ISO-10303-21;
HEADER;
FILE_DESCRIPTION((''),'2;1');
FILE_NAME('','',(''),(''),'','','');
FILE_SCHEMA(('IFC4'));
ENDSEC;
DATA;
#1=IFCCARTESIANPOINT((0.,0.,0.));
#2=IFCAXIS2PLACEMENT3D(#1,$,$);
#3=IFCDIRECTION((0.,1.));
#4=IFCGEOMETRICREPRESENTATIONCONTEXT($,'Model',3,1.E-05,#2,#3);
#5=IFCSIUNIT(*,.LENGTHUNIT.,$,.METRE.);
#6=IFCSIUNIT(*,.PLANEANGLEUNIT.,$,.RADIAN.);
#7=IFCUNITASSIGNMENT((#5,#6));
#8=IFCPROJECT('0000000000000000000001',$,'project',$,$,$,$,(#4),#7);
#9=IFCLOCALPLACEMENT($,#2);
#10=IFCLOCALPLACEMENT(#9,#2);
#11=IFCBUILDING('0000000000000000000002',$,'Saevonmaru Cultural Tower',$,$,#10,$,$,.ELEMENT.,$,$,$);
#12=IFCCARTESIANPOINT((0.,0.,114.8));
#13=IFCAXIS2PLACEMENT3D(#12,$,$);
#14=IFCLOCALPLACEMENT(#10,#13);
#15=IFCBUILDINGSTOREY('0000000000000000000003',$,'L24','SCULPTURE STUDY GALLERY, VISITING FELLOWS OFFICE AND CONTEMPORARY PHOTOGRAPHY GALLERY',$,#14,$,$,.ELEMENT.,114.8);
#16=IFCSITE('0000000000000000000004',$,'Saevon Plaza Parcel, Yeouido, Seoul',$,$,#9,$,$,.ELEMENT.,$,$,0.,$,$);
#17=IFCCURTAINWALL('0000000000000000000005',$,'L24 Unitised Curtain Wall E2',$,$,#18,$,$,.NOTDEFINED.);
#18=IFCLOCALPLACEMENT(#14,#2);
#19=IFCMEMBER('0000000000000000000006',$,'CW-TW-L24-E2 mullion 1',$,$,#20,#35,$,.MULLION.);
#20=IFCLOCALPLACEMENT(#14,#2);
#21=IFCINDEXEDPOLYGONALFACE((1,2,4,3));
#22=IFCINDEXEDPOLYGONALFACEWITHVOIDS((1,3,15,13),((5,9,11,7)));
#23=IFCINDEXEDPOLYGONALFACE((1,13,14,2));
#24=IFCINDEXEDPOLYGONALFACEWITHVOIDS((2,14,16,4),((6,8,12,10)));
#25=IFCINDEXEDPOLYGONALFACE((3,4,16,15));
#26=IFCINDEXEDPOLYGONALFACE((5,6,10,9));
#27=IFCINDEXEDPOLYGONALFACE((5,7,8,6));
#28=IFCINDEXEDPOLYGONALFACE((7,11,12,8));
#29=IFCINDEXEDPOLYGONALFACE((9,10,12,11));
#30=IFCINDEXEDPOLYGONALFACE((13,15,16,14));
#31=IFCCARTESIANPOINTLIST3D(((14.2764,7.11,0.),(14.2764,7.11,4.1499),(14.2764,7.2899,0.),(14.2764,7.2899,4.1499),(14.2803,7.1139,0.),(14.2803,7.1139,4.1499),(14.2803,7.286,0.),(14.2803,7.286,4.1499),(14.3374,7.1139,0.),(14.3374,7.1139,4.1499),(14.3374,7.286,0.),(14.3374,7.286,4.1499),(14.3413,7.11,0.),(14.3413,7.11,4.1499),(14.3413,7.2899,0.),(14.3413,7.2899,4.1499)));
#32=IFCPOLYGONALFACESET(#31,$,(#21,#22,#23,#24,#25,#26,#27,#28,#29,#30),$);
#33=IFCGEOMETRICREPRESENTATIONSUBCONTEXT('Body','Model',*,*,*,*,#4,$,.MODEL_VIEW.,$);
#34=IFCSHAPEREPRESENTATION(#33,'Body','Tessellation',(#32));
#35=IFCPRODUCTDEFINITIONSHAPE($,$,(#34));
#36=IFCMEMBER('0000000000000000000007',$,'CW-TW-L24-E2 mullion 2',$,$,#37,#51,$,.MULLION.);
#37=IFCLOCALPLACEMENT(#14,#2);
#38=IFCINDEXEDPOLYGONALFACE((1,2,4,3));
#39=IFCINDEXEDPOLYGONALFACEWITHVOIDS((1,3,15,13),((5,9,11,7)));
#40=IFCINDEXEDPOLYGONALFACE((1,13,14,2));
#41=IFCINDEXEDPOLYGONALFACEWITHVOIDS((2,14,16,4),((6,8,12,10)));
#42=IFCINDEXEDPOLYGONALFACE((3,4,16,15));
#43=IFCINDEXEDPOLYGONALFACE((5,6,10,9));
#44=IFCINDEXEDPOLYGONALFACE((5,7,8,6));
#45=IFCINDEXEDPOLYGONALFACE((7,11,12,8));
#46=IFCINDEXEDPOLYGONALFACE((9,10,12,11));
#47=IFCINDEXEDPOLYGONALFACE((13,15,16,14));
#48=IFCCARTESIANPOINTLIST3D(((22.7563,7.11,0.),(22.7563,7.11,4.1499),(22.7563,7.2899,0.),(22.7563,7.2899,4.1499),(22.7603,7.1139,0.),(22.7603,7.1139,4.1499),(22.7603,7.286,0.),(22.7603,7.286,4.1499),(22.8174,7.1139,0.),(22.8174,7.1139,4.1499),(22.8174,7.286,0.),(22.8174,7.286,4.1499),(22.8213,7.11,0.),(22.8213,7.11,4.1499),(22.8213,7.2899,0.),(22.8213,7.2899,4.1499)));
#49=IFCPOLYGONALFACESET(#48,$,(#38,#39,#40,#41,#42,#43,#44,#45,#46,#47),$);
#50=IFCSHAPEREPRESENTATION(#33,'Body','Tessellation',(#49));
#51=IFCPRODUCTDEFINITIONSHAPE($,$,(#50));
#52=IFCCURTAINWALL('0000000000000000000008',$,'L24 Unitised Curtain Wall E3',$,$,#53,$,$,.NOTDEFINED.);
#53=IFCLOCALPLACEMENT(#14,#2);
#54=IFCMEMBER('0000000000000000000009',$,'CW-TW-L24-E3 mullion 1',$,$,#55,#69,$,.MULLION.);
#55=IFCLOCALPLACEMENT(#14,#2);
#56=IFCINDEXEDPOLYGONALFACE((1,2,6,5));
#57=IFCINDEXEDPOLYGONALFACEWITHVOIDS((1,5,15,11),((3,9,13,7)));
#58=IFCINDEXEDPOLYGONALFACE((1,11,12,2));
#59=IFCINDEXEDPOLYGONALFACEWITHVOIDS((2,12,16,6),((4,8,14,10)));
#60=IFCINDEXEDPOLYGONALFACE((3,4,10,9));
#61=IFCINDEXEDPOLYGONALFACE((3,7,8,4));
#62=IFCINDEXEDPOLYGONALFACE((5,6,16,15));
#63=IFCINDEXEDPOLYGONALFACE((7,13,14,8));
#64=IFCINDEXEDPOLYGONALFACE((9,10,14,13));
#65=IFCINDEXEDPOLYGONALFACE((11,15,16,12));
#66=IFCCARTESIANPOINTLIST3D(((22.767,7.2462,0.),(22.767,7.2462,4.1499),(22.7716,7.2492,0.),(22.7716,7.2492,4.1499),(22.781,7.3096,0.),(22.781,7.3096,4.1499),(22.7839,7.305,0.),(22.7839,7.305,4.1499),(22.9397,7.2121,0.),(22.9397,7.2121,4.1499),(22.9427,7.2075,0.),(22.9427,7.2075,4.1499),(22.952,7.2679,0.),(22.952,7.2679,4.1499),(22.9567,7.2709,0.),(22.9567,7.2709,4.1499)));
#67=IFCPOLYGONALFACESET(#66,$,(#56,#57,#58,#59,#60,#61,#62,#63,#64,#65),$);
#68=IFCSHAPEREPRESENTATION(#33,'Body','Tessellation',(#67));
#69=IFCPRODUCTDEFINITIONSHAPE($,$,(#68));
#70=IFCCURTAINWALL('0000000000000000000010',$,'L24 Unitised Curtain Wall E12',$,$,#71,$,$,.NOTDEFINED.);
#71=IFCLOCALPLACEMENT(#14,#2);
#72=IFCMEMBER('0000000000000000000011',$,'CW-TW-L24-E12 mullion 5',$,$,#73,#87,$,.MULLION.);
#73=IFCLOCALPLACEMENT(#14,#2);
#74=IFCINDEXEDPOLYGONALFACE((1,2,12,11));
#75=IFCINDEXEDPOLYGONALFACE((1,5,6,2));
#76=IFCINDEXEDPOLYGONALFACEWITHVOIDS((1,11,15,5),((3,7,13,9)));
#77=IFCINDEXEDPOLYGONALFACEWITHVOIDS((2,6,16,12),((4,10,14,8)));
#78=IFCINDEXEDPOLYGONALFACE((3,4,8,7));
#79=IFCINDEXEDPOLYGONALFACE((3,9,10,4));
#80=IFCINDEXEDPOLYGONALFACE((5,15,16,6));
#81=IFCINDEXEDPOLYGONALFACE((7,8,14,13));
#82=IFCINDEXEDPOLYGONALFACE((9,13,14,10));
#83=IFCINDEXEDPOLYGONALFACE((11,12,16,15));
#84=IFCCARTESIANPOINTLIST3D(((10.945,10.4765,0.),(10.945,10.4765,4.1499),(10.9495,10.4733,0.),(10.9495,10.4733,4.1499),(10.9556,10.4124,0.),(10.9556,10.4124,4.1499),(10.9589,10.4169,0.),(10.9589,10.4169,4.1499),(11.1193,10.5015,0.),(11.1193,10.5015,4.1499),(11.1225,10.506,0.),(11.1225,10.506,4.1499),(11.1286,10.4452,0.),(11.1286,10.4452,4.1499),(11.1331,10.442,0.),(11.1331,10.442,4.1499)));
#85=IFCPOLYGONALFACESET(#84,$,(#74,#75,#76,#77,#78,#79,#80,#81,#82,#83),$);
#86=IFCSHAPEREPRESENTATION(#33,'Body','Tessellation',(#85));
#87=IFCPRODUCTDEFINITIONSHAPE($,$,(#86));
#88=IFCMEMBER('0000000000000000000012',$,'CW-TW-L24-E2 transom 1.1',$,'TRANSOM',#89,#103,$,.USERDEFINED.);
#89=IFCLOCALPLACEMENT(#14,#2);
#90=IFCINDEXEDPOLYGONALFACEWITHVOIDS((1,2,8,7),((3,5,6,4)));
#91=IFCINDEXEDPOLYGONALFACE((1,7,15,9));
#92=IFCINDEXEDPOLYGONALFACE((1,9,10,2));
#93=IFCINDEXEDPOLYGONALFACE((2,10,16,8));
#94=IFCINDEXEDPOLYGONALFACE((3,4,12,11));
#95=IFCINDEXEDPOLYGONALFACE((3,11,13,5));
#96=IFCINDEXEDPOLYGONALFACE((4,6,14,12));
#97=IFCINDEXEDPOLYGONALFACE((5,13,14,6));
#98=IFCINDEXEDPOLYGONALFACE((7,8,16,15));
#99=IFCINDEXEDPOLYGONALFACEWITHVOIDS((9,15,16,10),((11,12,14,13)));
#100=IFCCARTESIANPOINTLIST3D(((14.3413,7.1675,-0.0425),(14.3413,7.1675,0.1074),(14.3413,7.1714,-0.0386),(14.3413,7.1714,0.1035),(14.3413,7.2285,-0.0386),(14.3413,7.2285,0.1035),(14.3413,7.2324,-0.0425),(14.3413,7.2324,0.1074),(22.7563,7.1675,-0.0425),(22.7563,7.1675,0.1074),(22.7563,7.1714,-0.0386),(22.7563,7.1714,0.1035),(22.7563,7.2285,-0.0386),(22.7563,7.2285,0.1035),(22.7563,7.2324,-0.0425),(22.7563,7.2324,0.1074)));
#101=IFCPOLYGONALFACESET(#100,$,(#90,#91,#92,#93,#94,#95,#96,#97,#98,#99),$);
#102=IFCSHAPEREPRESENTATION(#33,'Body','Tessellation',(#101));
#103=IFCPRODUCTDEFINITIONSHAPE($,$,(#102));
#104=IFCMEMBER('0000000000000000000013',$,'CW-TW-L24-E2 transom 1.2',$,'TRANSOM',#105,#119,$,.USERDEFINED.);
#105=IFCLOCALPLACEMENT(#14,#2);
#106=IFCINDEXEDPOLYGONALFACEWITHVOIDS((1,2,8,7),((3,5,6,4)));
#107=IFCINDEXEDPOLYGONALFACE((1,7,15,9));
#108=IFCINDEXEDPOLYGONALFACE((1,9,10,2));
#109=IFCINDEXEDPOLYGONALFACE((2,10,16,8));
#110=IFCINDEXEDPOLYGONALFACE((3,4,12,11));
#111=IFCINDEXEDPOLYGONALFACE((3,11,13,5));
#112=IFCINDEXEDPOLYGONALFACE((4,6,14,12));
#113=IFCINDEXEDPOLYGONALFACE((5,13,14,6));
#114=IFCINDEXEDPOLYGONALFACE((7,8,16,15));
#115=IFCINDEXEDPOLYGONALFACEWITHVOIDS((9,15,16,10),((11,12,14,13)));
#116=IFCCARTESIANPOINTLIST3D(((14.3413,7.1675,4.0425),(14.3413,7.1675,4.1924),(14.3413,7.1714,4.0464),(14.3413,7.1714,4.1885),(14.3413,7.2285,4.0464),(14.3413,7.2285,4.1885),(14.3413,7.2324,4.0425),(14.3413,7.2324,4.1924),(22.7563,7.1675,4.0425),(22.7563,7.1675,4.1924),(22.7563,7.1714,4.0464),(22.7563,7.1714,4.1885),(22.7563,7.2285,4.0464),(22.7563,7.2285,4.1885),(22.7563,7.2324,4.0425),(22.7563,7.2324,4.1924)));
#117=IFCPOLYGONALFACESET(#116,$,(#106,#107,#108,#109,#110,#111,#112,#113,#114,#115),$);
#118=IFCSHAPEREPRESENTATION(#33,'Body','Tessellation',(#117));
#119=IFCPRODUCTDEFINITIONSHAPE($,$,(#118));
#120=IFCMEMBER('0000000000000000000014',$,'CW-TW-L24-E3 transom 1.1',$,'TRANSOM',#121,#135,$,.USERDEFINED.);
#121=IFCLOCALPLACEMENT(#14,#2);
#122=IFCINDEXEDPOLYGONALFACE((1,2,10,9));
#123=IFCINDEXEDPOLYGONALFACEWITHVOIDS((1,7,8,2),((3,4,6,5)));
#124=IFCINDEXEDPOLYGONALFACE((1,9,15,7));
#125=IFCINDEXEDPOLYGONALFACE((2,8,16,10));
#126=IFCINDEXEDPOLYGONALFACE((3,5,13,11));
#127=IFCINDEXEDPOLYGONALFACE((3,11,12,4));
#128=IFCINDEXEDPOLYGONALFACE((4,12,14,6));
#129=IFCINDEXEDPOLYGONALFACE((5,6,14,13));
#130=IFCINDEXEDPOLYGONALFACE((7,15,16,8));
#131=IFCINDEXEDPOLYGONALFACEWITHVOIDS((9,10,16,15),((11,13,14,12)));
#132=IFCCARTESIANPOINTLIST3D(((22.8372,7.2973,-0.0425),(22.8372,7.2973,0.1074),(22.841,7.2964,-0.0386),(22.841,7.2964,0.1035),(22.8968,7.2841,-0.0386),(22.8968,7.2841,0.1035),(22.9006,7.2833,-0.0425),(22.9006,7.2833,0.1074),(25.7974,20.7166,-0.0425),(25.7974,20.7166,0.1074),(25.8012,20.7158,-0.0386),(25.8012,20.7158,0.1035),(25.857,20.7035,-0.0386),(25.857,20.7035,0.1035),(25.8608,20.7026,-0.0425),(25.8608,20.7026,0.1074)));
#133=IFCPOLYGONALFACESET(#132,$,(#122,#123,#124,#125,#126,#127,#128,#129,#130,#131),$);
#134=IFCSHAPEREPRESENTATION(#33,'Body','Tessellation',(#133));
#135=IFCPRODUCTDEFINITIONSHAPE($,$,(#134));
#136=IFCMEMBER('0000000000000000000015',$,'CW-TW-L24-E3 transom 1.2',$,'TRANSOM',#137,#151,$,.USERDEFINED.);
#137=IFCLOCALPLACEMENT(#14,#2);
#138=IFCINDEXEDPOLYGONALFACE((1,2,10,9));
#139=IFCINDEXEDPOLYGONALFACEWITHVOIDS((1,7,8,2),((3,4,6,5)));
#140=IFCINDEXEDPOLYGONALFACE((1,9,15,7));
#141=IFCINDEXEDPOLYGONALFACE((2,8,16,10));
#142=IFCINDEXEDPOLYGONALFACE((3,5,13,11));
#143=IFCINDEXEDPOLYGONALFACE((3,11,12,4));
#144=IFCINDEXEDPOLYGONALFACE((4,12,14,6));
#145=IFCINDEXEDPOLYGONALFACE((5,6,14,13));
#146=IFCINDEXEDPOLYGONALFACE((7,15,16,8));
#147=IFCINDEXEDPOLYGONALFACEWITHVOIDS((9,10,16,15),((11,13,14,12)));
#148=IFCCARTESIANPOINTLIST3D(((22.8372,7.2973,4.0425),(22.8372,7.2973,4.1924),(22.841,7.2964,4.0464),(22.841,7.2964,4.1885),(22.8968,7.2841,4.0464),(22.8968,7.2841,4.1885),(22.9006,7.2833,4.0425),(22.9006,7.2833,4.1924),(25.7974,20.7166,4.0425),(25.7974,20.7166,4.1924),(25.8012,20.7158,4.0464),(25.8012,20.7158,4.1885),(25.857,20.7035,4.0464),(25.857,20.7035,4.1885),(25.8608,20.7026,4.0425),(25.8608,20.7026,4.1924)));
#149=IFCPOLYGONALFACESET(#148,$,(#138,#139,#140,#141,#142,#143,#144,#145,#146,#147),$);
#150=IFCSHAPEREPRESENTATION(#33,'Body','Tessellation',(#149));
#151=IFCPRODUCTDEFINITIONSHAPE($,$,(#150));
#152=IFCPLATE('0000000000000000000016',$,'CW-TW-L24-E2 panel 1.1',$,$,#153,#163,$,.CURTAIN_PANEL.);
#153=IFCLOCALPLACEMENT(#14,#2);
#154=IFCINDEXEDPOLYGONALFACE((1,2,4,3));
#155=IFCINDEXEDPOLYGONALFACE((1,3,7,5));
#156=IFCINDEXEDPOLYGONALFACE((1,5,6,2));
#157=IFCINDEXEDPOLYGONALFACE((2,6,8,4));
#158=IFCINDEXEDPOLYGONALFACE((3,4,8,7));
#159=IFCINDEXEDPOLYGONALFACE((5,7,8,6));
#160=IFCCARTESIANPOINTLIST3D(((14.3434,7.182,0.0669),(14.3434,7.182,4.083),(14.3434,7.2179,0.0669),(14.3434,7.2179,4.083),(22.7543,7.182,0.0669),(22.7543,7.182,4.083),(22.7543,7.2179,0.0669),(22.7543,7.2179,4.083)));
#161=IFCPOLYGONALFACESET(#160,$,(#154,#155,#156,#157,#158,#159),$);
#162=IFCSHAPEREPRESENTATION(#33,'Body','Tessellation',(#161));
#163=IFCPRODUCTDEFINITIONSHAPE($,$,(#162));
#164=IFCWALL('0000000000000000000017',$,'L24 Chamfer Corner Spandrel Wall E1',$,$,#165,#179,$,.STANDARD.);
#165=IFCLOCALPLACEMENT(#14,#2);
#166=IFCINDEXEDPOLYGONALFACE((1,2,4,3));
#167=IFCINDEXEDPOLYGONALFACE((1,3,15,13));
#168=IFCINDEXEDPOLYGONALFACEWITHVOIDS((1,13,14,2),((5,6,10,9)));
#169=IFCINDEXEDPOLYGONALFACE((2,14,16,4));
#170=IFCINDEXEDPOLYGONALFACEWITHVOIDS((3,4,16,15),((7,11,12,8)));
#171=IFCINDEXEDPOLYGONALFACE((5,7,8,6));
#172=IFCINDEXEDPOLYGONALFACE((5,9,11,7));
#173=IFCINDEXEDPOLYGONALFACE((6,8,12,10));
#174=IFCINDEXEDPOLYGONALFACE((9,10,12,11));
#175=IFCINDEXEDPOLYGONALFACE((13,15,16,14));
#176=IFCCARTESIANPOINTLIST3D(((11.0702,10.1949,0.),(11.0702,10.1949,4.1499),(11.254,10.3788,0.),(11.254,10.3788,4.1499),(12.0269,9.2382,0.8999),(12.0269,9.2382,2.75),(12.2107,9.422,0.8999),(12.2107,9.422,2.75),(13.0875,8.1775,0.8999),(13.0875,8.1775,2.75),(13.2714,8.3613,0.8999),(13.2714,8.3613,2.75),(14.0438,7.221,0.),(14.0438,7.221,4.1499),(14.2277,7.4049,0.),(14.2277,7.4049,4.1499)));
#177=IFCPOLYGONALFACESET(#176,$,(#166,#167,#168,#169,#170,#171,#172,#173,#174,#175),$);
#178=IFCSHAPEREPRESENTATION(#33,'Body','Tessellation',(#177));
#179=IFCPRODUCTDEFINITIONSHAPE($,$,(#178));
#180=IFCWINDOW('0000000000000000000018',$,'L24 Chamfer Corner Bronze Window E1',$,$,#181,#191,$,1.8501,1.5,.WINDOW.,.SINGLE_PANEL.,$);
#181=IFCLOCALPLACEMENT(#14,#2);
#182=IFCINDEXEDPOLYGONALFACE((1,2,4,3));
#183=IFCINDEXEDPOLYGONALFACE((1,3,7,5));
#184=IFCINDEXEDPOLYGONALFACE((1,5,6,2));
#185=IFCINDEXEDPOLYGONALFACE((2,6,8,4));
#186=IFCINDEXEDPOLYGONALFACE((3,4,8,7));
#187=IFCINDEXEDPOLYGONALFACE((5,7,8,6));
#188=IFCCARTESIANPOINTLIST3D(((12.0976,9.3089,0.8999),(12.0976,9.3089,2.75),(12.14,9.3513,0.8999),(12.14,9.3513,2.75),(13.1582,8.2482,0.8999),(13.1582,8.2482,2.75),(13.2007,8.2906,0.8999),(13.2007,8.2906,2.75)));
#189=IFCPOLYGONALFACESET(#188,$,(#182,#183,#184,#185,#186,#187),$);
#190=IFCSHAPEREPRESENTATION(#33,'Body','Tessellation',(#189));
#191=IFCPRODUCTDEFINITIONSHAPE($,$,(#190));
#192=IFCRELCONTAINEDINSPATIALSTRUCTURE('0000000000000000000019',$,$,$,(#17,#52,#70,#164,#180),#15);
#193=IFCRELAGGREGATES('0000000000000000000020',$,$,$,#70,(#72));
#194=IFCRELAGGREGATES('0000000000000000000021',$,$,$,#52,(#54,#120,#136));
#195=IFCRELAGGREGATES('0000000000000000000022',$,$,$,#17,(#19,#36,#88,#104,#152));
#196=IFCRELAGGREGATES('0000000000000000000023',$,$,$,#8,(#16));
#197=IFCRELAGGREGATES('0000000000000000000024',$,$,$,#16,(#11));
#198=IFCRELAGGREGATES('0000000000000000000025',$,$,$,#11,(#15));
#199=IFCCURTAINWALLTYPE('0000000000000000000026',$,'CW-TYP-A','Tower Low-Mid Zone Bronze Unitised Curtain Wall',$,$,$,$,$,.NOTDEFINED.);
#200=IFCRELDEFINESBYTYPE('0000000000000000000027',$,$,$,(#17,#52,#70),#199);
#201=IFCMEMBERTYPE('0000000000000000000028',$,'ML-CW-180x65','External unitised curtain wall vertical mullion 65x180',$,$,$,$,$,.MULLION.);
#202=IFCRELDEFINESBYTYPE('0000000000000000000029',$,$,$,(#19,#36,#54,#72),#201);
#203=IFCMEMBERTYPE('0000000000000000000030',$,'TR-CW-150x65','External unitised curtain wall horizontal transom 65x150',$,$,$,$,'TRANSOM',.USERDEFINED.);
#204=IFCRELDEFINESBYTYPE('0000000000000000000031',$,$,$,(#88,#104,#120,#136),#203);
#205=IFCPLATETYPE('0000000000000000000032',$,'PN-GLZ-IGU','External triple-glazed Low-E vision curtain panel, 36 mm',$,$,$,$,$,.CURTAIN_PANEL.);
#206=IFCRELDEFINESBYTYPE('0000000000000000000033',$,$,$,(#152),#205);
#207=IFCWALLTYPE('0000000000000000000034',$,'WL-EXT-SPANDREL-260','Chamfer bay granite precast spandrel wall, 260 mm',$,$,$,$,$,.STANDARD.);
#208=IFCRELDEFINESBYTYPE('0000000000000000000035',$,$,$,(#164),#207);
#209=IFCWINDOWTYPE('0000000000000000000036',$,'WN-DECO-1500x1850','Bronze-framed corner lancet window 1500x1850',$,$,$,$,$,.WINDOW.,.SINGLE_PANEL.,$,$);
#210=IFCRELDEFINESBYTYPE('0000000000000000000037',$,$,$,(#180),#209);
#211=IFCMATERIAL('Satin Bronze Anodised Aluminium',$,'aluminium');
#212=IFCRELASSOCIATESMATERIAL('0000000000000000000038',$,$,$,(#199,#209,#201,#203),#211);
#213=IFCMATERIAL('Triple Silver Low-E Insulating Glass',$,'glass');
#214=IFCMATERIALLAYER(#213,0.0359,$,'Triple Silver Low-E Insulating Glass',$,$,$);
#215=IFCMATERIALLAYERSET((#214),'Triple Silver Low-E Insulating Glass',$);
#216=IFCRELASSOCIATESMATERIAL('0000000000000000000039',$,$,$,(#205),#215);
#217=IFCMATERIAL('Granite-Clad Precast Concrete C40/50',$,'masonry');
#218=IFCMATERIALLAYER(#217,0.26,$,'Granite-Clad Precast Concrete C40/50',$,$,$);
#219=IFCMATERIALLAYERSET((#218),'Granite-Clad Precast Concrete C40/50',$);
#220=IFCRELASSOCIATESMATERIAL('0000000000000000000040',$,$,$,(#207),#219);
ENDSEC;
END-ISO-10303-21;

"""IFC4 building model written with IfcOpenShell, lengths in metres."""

from ifc_helpers import new_model, si_unit, direction, frame, frame_2d, origin, origin_2d, place, context, subcontext, project, spatial, rectangle, hollow_rectangle, extrude, material, layer, layer_set, material_profile, profile_set, type_object, element, fill, aggregate, save


model = new_model("IFC4")

# Units and contexts
model_context = context("Model", 3, precision=1e-05, world=origin(), true_north=direction((0.0, 1.0)))
body_context = subcontext(model_context, "Body", "Model", "MODEL_VIEW")
ifc_project = project(units=[si_unit("LENGTHUNIT", "METRE"), si_unit("PLANEANGLEUNIT", "RADIAN")], contexts=[model_context])

# Site, building, storey
site_placement = place(None, origin())
site = spatial("IfcSite", under=ifc_project, at=site_placement, Name="Saevon Plaza Parcel, Yeouido, Seoul", CompositionType="ELEMENT", RefElevation=0.0)
building_placement = place(site_placement, origin())
building = spatial("IfcBuilding", under=site, at=building_placement, Name="Saevonmaru Cultural Tower", CompositionType="ELEMENT")
storey_placement = place(building_placement, frame((0.0, 0.0, 114.8)))
storey = spatial("IfcBuildingStorey", under=building, at=storey_placement, Name="L24", Description="SCULPTURE STUDY GALLERY, VISITING FELLOWS OFFICE AND CONTEMPORARY PHOTOGRAPHY GALLERY", CompositionType="ELEMENT", Elevation=114.8)

# Curtain wall, members
ifc_material_1 = material(Name="Satin Bronze Anodised Aluminium", Category="aluminium")
curtain_wall_type = type_object("IfcCurtainWallType", Name="CW-TYP-A", Description="Tower Low-Mid Zone Bronze Unitised Curtain Wall", PredefinedType="NOTDEFINED", material=ifc_material_1)
curtain_wall_1_placement = place(storey_placement, origin())
curtain_wall_1 = element("IfcCurtainWall", 1, at=curtain_wall_1_placement, inside=storey, type_object=curtain_wall_type, Name="L24 Unitised Curtain Wall E2", PredefinedType="NOTDEFINED")
ifc_material_profile_1 = material_profile(ifc_material_1, hollow_rectangle(XDim=0.0649, YDim=0.1799, WallThickness=0.0039, at=origin_2d()), Name="ALU-MULL-180x65x4")
ifc_profile_set_1 = profile_set([ifc_material_profile_1], Name="Satin Bronze Anodised Aluminium")
member_type_1 = type_object("IfcMemberType", Name="ML-CW-180x65", Description="External unitised curtain wall vertical mullion 65x180", PredefinedType="MULLION", material=ifc_profile_set_1)
member_1_placement = place(storey_placement, frame((14.3088, 7.2, 0.0), z_axis=(0.0, 0.0, 1.0), x_axis=(1.0, 0.0, 0.0)))
member_1 = element("IfcMember", 2, at=member_1_placement, type_object=member_type_1, Name="CW-TW-L24-E2 mullion 1", PredefinedType="MULLION", context=body_context, shape_type="SweptSolid", body=[
    extrude(hollow_rectangle(XDim=0.0649, YDim=0.1799, WallThickness=0.0039, at=origin_2d()), origin(), (0.0, 0.0, 1.0), 4.1499),
])
member_2_placement = place(storey_placement, frame((22.7888, 7.2, 0.0), z_axis=(0.0, 0.0, 1.0), x_axis=(1.0, 0.0, 0.0)))
member_2 = element("IfcMember", 3, at=member_2_placement, type_object=member_type_1, Name="CW-TW-L24-E2 mullion 2", PredefinedType="MULLION", context=body_context, shape_type="SweptSolid", body=[
    extrude(hollow_rectangle(XDim=0.0649, YDim=0.1799, WallThickness=0.0039, at=origin_2d()), origin(), (0.0, 0.0, 1.0), 4.1499),
])

# Curtain walls, members
curtain_wall_2_placement = place(storey_placement, origin())
curtain_wall_2 = element("IfcCurtainWall", 4, at=curtain_wall_2_placement, inside=storey, type_object=curtain_wall_type, Name="L24 Unitised Curtain Wall E3", PredefinedType="NOTDEFINED")
member_3_placement = place(storey_placement, frame((22.8618, 7.2585, 0.0), z_axis=(0.0, 0.0, 1.0), x_axis=(0.215413, 0.976523, 0.0)))
member_3 = element("IfcMember", 5, at=member_3_placement, type_object=member_type_1, Name="CW-TW-L24-E3 mullion 1", PredefinedType="MULLION", context=body_context, shape_type="SweptSolid", body=[
    extrude(hollow_rectangle(XDim=0.0649, YDim=0.1799, WallThickness=0.0039, at=origin_2d()), origin(), (0.0, 0.0, 1.0), 4.1499),
])
curtain_wall_3_placement = place(storey_placement, origin())
curtain_wall_3 = element("IfcCurtainWall", 6, at=curtain_wall_3_placement, inside=storey, type_object=curtain_wall_type, Name="L24 Unitised Curtain Wall E12", PredefinedType="NOTDEFINED")
member_4_placement = place(storey_placement, frame((11.0391, 10.4592, 0.0), z_axis=(0.0, 0.0, 1.0), x_axis=(0.163999, -0.986461, 0.0)))
member_4 = element("IfcMember", 7, at=member_4_placement, type_object=member_type_1, Name="CW-TW-L24-E12 mullion 5", PredefinedType="MULLION", context=body_context, shape_type="SweptSolid", body=[
    extrude(hollow_rectangle(XDim=0.0649, YDim=0.1799, WallThickness=0.0039, at=origin_2d()), origin(), (0.0, 0.0, 1.0), 4.1499),
])
aggregate(curtain_wall_3, [member_4])

# Members
ifc_material_profile_2 = material_profile(ifc_material_1, hollow_rectangle(XDim=0.0649, YDim=0.1499, WallThickness=0.0039, at=origin_2d()), Name="ALU-TRAN-150x65x4")
ifc_profile_set_2 = profile_set([ifc_material_profile_2], Name="Satin Bronze Anodised Aluminium")
member_type_2 = type_object("IfcMemberType", Name="TR-CW-150x65", Description="External unitised curtain wall horizontal transom 65x150", ElementType="TRANSOM", PredefinedType="USERDEFINED", material=ifc_profile_set_2)
member_5_placement = place(storey_placement, frame((14.3413, 7.2, 0.0325), z_axis=(1.0, 0.0, 0.0), x_axis=(0.0, 1.0, 0.0)))
member_5 = element("IfcMember", 8, at=member_5_placement, type_object=member_type_2, Name="CW-TW-L24-E2 transom 1.1", ObjectType="TRANSOM", PredefinedType="USERDEFINED", context=body_context, shape_type="SweptSolid", body=[
    extrude(hollow_rectangle(XDim=0.0649, YDim=0.1499, WallThickness=0.0039, at=origin_2d()), origin(), (0.0, 0.0, 1.0), 8.415),
])
member_6_placement = place(storey_placement, frame((14.3413, 7.2, 4.1174), z_axis=(1.0, 0.0, 0.0), x_axis=(0.0, 1.0, 0.0)))
member_6 = element("IfcMember", 9, at=member_6_placement, type_object=member_type_2, Name="CW-TW-L24-E2 transom 1.2", ObjectType="TRANSOM", PredefinedType="USERDEFINED", context=body_context, shape_type="SweptSolid", body=[
    extrude(hollow_rectangle(XDim=0.0649, YDim=0.1499, WallThickness=0.0039, at=origin_2d()), origin(), (0.0, 0.0, 1.0), 8.415),
])
member_7_placement = place(storey_placement, frame((22.8689, 7.2903, 0.0325), z_axis=(0.215412, 0.976523, 0.0), x_axis=(-0.976523, 0.215412, 0.0)))
member_7 = element("IfcMember", 10, at=member_7_placement, type_object=member_type_2, Name="CW-TW-L24-E3 transom 1.1", ObjectType="TRANSOM", PredefinedType="USERDEFINED", context=body_context, shape_type="SweptSolid", body=[
    extrude(hollow_rectangle(XDim=0.0649, YDim=0.1499, WallThickness=0.0039, at=origin_2d()), origin(), (0.0, 0.0, 1.0), 13.7419),
])
member_8_placement = place(storey_placement, frame((22.8689, 7.2903, 4.1174), z_axis=(0.215412, 0.976523, 0.0), x_axis=(-0.976523, 0.215412, 0.0)))
member_8 = element("IfcMember", 11, at=member_8_placement, type_object=member_type_2, Name="CW-TW-L24-E3 transom 1.2", ObjectType="TRANSOM", PredefinedType="USERDEFINED", context=body_context, shape_type="SweptSolid", body=[
    extrude(hollow_rectangle(XDim=0.0649, YDim=0.1499, WallThickness=0.0039, at=origin_2d()), origin(), (0.0, 0.0, 1.0), 13.7419),
])
aggregate(curtain_wall_2, [member_3, member_7, member_8])

# Plate
ifc_material_2 = material(Name="Triple Silver Low-E Insulating Glass", Category="glass")
ifc_layer_1 = layer(ifc_material_2, 0.0359, Name="Triple Silver Low-E Insulating Glass")
ifc_layer_set_1 = layer_set([ifc_layer_1], Name="Triple Silver Low-E Insulating Glass")
plate_type = type_object("IfcPlateType", Name="PN-GLZ-IGU", Description="External triple-glazed Low-E vision curtain panel, 36 mm", PredefinedType="CURTAIN_PANEL", material=ifc_layer_set_1)
plate_placement = place(storey_placement, frame((18.5488, 7.2, 0.0669), z_axis=(0.0, 0.0, 1.0), x_axis=(1.0, 0.0, 0.0)))
plate = element("IfcPlate", 12, at=plate_placement, type_object=plate_type, Name="CW-TW-L24-E2 panel 1.1", PredefinedType="CURTAIN_PANEL", context=body_context, shape_type="SweptSolid", body=[
    extrude(rectangle(XDim=8.4109, YDim=0.0359, at=origin_2d()), origin(), (0.0, 0.0, 1.0), 4.0161),
])
aggregate(curtain_wall_1, [member_1, member_2, member_5, member_6, plate])

# Wall, opening, window
ifc_material_3 = material(Name="Granite-Clad Precast Concrete C40/50", Category="masonry")
ifc_layer_2 = layer(ifc_material_3, 0.26, Name="Granite-Clad Precast Concrete C40/50")
ifc_layer_set_2 = layer_set([ifc_layer_2], Name="Granite-Clad Precast Concrete C40/50")
wall_type_1 = type_object("IfcWallType", Name="WL-EXT-SPANDREL-260", Description="Chamfer bay granite precast spandrel wall, 260 mm", PredefinedType="STANDARD", material=ifc_layer_set_2)
wall_placement = place(storey_placement, frame((11.1621, 10.2869, 0.0), z_axis=(0.0, 0.0, 1.0), x_axis=(0.707078, -0.707136, 0.0)))
wall = element("IfcWall", 13, at=wall_placement, inside=storey, type_object=wall_type_1, Name="L24 Chamfer Corner Spandrel Wall E1", PredefinedType="STANDARD", context=body_context, shape_type="SweptSolid", body=[
    extrude(rectangle(XDim=4.2056, YDim=0.26, at=frame_2d((2.1028, 0.0))), origin(), (0.0, 0.0, 1.0), 4.1499),
])
opening_placement = place(wall_placement, frame((1.353, 0.0, 0.8999)))
opening = element("IfcOpeningElement", 14, at=opening_placement, cuts=wall, PredefinedType="OPENING", context=body_context, shape_type="SweptSolid", body=[
    extrude(rectangle(XDim=1.5, YDim=1.8501, at=frame_2d((0.75, 0.925))), frame((0.0, 0.1401, 0.0), z_axis=(0.0, -1.0, 0.0), x_axis=(1.0, 0.0, 0.0)), (0.0, 0.0, 1.0), 0.28),
])
window_type = type_object("IfcWindowType", Name="WN-DECO-1500x1850", Description="Bronze-framed corner lancet window 1500x1850", PartitioningType="SINGLE_PANEL", PredefinedType="WINDOW", material=ifc_material_1)
window_placement = place(opening_placement, origin())
window = element("IfcWindow", 15, at=window_placement, inside=storey, type_object=window_type, Name="L24 Chamfer Corner Bronze Window E1", OverallHeight=1.8501, OverallWidth=1.5, PartitioningType="SINGLE_PANEL", PredefinedType="WINDOW", context=body_context, shape_type="SweptSolid", body=[
    extrude(rectangle(XDim=1.5, YDim=1.8501, at=frame_2d((0.75, 0.925))), frame((0.0, 0.03, 0.0), z_axis=(0.0, -1.0, 0.0), x_axis=(1.0, 0.0, 0.0)), (0.0, 0.0, 1.0), 0.0601),
])
fill(opening, window)

save(model, "model.ifc")
